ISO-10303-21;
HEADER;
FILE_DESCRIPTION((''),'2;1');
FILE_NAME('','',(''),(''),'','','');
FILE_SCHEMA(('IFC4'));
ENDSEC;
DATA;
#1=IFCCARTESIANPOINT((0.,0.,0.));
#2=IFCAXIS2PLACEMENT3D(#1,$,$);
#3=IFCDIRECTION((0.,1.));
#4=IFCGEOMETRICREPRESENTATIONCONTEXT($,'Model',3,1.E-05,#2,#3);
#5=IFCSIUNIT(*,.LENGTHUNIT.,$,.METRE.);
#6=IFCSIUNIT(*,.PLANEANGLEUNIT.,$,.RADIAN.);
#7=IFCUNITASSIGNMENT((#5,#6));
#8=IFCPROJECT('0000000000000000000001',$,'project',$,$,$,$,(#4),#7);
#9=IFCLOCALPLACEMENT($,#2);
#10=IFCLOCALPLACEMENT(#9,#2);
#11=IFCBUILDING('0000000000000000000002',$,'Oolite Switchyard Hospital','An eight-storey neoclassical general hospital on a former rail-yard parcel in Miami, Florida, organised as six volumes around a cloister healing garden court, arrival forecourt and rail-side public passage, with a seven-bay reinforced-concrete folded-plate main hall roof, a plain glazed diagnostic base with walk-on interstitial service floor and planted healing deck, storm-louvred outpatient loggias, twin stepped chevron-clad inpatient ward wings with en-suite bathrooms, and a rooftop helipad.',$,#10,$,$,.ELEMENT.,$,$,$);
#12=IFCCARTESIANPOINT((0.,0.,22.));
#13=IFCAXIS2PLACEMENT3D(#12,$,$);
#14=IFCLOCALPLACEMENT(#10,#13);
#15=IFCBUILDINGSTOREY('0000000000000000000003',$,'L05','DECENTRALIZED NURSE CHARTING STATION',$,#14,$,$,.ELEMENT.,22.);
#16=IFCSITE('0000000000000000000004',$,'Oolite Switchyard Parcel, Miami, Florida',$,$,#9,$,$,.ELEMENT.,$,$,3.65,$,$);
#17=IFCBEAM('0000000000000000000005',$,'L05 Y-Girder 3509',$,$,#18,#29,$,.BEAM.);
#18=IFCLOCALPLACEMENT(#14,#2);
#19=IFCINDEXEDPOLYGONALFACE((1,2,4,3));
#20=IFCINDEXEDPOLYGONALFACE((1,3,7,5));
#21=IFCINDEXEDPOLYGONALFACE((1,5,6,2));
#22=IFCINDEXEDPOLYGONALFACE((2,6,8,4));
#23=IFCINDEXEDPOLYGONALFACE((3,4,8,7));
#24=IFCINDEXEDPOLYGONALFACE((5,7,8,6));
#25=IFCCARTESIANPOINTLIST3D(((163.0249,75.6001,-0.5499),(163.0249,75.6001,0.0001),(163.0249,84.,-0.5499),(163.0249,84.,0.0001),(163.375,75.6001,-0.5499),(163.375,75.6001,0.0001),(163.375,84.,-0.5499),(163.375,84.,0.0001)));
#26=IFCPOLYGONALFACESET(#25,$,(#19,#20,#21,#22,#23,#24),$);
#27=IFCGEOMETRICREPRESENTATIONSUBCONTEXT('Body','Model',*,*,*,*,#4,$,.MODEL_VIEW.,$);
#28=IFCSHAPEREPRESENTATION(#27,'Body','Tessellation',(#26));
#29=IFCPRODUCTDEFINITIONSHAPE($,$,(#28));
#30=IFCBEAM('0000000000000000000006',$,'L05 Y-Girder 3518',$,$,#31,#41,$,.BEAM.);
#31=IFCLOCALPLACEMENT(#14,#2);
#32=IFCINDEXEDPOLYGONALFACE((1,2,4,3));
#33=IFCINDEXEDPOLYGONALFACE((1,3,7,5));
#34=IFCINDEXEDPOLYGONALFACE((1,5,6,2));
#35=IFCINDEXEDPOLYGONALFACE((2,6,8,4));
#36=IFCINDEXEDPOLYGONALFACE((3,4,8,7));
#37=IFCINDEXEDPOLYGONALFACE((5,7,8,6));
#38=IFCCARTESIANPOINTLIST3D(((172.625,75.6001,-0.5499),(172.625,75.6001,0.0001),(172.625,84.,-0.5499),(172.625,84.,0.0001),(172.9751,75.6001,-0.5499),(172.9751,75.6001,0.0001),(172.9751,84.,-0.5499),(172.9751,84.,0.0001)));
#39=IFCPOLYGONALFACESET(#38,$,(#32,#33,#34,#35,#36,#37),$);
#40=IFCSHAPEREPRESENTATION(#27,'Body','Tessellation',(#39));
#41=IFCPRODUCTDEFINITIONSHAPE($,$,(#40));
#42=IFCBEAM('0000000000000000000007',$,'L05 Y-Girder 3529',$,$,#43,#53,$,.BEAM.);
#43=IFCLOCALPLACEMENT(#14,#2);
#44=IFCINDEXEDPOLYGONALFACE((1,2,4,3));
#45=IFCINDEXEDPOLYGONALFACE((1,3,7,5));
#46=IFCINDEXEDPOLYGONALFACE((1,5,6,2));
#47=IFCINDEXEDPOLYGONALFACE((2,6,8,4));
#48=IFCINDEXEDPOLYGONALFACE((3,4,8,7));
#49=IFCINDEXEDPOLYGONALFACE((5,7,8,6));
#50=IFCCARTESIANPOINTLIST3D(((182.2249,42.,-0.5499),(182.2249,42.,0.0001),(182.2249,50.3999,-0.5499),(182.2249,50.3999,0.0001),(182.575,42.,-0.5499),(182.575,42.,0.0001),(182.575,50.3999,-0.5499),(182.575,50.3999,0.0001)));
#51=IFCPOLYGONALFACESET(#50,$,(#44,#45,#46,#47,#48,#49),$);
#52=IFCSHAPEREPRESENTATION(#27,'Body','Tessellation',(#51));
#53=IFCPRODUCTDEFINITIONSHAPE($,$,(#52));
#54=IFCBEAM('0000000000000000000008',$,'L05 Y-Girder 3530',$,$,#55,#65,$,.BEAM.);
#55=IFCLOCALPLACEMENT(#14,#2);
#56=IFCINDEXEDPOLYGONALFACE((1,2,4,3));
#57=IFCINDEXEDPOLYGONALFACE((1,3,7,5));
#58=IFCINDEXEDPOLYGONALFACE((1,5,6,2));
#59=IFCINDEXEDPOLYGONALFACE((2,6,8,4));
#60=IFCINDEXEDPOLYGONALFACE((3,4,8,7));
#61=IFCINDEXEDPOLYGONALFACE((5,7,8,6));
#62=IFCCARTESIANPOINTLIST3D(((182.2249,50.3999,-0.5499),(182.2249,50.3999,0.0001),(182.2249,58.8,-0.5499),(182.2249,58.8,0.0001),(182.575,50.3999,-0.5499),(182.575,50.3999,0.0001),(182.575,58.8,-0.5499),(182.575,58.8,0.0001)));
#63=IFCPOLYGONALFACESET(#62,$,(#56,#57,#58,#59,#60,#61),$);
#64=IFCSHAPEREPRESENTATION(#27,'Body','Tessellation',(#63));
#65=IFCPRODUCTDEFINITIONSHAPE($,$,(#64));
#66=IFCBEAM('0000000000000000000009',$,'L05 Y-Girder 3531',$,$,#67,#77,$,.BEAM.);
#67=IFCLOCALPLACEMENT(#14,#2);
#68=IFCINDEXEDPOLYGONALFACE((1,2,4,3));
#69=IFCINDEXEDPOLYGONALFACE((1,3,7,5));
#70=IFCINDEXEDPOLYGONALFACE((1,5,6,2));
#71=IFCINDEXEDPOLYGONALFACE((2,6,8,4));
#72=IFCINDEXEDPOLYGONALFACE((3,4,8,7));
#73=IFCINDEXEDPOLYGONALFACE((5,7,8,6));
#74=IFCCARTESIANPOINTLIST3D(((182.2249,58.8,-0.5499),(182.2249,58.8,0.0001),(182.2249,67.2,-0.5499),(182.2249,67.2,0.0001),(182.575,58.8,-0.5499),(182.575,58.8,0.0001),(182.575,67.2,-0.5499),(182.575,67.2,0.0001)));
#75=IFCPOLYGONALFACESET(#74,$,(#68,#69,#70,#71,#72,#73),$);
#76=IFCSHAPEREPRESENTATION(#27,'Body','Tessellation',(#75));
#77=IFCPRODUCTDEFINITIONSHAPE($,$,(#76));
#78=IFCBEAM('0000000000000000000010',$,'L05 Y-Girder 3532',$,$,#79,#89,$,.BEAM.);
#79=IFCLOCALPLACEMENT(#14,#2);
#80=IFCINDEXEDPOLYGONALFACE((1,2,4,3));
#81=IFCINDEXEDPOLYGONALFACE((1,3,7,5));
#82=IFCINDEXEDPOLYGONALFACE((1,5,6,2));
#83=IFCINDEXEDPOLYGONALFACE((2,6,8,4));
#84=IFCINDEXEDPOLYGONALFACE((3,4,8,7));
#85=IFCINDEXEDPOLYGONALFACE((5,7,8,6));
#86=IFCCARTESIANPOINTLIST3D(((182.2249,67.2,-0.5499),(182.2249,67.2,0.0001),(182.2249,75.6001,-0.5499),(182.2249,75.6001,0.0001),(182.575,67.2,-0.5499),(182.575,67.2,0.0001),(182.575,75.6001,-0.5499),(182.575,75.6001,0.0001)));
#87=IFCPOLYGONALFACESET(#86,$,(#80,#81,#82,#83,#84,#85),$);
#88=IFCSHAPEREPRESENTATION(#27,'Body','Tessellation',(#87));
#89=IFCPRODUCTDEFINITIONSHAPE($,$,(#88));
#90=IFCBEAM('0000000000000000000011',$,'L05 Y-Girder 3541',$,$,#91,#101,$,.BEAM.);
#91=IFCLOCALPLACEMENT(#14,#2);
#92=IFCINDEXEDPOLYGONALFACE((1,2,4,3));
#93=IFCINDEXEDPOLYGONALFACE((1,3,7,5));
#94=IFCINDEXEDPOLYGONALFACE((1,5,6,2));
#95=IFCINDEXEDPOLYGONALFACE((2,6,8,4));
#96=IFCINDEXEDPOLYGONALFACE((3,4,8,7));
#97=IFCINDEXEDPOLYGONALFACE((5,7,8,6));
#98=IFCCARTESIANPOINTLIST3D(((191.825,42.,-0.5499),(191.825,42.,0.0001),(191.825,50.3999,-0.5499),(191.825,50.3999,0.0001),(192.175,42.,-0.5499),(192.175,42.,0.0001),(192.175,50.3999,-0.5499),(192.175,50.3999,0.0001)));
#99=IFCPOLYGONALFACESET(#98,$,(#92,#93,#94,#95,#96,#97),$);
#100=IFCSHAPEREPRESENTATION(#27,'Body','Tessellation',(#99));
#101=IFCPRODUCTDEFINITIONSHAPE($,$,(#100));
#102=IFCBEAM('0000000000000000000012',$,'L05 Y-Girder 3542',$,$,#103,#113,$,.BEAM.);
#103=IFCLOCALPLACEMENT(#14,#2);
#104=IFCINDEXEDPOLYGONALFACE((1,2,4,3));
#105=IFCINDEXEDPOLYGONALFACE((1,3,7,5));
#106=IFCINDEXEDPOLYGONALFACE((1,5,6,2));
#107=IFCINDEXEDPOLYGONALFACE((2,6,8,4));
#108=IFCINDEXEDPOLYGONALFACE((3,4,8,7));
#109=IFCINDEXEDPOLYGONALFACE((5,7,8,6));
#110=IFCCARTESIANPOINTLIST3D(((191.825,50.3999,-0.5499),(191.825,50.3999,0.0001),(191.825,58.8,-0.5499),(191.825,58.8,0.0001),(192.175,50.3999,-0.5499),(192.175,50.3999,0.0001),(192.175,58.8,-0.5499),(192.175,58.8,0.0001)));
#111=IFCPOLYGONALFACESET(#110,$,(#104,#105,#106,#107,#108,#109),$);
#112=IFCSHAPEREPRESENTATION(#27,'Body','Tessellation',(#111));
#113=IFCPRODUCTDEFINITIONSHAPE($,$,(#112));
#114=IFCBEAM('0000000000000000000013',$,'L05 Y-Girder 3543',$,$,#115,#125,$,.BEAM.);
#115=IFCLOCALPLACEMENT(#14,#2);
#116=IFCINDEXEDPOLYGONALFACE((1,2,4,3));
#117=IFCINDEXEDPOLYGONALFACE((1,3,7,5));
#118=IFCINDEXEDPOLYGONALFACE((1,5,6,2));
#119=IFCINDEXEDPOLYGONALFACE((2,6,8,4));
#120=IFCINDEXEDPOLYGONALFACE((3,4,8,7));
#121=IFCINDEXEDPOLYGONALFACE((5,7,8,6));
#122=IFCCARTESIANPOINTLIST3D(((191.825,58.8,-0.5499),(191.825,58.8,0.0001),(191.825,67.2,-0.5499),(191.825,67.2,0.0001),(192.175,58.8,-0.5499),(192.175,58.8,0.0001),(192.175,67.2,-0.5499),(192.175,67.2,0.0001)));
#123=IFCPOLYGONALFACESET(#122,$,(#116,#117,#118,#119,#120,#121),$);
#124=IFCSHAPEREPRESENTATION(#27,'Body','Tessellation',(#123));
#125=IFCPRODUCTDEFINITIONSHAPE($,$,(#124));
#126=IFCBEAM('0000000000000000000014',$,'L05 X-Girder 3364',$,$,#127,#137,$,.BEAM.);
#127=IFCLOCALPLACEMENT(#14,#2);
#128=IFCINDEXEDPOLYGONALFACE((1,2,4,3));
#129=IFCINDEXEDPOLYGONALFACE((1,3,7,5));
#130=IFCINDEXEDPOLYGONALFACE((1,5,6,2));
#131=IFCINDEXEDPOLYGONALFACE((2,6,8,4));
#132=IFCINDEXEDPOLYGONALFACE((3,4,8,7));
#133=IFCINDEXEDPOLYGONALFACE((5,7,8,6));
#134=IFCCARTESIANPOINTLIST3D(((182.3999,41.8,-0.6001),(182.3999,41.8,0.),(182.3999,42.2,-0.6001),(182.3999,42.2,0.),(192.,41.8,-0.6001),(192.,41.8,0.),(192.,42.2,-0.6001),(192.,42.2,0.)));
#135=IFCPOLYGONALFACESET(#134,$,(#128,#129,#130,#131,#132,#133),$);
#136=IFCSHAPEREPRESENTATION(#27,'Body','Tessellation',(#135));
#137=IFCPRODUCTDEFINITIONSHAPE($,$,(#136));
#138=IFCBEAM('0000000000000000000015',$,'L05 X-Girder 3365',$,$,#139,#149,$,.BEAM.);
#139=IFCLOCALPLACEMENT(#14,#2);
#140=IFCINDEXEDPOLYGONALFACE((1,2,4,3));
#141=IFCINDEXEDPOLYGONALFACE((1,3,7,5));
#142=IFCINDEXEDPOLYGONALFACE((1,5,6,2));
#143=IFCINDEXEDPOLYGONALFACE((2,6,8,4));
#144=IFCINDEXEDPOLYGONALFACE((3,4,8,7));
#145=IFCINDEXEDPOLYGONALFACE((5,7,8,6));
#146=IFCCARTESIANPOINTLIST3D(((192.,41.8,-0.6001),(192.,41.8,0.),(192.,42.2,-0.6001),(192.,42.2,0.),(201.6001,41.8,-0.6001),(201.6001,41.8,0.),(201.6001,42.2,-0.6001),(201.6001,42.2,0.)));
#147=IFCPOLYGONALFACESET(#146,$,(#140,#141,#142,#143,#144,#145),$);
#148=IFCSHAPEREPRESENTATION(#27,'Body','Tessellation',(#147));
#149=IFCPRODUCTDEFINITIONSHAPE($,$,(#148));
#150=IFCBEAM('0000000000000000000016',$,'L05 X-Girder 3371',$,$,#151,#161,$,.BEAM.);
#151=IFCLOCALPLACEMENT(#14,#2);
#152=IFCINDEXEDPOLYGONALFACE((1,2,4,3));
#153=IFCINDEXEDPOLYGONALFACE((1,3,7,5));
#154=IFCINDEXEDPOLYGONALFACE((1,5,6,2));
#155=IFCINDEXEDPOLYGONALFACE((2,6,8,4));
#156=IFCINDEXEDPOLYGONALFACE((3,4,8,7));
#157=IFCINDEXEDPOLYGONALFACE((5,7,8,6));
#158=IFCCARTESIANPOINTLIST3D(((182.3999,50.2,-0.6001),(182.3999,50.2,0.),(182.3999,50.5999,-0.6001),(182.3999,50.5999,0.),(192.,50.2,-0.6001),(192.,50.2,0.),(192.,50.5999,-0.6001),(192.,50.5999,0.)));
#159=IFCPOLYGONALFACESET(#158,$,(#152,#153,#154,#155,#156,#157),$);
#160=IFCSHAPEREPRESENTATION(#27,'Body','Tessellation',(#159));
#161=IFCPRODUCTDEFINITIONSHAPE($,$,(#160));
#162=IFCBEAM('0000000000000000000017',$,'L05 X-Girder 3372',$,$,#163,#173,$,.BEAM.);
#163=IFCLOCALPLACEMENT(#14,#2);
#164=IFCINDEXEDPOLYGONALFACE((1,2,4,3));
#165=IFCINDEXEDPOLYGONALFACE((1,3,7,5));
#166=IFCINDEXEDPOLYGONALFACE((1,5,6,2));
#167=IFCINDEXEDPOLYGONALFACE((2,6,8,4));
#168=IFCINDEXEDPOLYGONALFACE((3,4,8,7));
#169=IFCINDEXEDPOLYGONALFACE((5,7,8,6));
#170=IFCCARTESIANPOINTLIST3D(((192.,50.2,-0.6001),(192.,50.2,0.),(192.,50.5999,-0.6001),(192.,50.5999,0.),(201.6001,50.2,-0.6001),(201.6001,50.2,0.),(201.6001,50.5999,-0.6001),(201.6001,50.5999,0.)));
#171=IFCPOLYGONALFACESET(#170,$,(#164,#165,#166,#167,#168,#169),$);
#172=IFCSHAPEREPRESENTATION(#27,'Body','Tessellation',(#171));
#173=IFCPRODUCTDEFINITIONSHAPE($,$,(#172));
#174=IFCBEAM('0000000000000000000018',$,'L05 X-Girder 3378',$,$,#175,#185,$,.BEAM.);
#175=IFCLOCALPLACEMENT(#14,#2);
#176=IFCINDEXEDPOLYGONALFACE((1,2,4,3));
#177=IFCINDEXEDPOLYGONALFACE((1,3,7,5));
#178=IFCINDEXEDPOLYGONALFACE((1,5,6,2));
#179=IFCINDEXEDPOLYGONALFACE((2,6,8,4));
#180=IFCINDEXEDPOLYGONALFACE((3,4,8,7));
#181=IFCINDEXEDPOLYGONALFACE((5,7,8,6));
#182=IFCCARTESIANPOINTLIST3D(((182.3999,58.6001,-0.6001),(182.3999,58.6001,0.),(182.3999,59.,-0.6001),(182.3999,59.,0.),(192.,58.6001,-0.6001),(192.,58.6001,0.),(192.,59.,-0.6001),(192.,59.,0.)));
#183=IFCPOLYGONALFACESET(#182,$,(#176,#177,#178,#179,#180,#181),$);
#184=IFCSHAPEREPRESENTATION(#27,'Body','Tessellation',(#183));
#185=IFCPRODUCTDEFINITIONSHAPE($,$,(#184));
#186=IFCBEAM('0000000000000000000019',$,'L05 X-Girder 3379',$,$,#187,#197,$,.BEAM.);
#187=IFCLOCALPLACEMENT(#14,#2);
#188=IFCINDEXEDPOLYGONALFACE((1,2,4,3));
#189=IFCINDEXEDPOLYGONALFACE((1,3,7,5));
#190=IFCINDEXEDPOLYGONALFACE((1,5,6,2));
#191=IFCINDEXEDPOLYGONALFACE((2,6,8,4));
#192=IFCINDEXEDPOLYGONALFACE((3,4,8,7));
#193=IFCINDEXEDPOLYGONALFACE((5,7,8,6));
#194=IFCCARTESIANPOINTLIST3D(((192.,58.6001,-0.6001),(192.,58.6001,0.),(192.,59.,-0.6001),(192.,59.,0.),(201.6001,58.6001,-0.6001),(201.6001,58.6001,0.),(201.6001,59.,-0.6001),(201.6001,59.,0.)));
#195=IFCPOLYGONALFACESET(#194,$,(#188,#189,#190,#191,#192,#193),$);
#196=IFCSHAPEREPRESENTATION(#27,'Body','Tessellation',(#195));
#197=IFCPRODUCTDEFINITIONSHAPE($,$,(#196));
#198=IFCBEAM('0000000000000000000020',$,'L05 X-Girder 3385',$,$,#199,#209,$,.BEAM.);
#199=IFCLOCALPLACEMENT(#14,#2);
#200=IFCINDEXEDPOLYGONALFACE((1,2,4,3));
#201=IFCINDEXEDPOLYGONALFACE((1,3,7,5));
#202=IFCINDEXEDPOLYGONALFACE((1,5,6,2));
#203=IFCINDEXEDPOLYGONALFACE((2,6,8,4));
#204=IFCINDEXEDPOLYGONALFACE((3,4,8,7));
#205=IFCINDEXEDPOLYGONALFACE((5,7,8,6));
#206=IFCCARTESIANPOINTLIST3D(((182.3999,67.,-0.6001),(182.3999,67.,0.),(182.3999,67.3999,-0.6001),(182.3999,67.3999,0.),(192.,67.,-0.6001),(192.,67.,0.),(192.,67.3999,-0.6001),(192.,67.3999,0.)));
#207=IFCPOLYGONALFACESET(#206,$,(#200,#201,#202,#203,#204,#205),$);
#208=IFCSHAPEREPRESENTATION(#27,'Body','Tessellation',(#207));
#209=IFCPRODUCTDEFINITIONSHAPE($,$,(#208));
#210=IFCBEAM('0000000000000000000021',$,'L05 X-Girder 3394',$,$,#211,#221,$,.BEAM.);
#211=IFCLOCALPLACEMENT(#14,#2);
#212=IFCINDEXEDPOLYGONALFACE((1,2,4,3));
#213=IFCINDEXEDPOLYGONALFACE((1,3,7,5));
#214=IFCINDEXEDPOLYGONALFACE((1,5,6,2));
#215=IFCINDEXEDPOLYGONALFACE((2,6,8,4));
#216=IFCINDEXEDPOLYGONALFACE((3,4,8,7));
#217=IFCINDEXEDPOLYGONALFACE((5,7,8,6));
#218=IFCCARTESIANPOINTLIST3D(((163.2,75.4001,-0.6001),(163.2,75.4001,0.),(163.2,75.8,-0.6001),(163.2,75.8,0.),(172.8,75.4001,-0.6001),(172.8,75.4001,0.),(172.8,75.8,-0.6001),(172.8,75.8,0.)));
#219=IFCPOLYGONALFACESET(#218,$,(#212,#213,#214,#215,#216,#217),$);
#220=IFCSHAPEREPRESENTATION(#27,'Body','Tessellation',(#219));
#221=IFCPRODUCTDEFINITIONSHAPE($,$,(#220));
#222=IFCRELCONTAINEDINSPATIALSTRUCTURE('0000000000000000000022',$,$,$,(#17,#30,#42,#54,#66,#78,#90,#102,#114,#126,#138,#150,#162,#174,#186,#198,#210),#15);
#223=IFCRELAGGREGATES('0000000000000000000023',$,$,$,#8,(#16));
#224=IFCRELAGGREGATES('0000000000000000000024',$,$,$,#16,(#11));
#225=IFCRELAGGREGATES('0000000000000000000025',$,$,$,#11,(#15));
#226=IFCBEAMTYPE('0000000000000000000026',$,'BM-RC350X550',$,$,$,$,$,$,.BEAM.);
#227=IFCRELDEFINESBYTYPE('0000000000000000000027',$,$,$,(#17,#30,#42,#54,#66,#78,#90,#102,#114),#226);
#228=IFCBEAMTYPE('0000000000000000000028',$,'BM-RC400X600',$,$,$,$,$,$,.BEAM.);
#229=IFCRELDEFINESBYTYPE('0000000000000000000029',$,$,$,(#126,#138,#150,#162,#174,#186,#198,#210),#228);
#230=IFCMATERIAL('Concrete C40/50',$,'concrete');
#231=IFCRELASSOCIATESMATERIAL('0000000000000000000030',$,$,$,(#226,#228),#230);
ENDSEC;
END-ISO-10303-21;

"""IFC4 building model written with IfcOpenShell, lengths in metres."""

from ifc_helpers import new_model, si_unit, direction, frame, origin, origin_2d, place, context, subcontext, project, spatial, rectangle, extrude, material, material_profile, profile_set, type_object, element, save


model = new_model("IFC4")

# Units and contexts
model_context = context("Model", 3, precision=1e-05, world=origin(), true_north=direction((0.0, 1.0)))
body_context = subcontext(model_context, "Body", "Model", "MODEL_VIEW")
ifc_project = project(units=[si_unit("LENGTHUNIT", "METRE"), si_unit("PLANEANGLEUNIT", "RADIAN")], contexts=[model_context])

# Site, building, storey
site_placement = place(None, origin())
site = spatial("IfcSite", under=ifc_project, at=site_placement, Name="Oolite Switchyard Parcel, Miami, Florida", CompositionType="ELEMENT", RefElevation=3.65)
building_placement = place(site_placement, origin())
building = spatial("IfcBuilding", under=site, at=building_placement, Name="Oolite Switchyard Hospital", Description="An eight-storey neoclassical general hospital on a former rail-yard parcel in Miami, Florida, organised as six volumes around a cloister healing garden court, arrival forecourt and rail-side public passage, with a seven-bay reinforced-concrete folded-plate main hall roof, a plain glazed diagnostic base with walk-on interstitial service floor and planted healing deck, storm-louvred outpatient loggias, twin stepped chevron-clad inpatient ward wings with en-suite bathrooms, and a rooftop helipad.", CompositionType="ELEMENT")
storey_placement = place(building_placement, frame((0.0, 0.0, 22.0)))
storey = spatial("IfcBuildingStorey", under=building, at=storey_placement, Name="L05", Description="DECENTRALIZED NURSE CHARTING STATION", CompositionType="ELEMENT", Elevation=22.0)

# Beams
ifc_material_1 = material(Name="Concrete C40/50", Category="concrete")
ifc_material_profile_1 = material_profile(ifc_material_1, rectangle(XDim=0.3501, YDim=0.55, at=origin_2d()), Name="RCB350X550")
ifc_profile_set_1 = profile_set([ifc_material_profile_1], Name="Concrete C40/50")
beam_type_1 = type_object("IfcBeamType", Name="BM-RC350X550", PredefinedType="BEAM", material=ifc_profile_set_1)
for number, where, z_axis, x_axis, name in (
    (1, (163.2, 75.6001, -0.2749), (0.0, 1.0, 0.0), (-1.0, 0.0, 0.0), "L05 Y-Girder 3509"),
    (2, (172.8, 75.6001, -0.2749), (0.0, 1.0, 0.0), (-1.0, 0.0, 0.0), "L05 Y-Girder 3518"),
    (3, (182.3999, 42.0, -0.2749), (0.0, 1.0, 0.0), (-1.0, 0.0, 0.0), "L05 Y-Girder 3529"),
):
    element("IfcBeam", number, at=place(storey_placement, frame(where, z_axis=z_axis, x_axis=x_axis)), inside=storey, type_object=beam_type_1, Name=name, PredefinedType="BEAM", context=body_context, shape_type="SweptSolid", body=[
        extrude(rectangle(XDim=0.3501, YDim=0.55, at=origin_2d()), origin(), (0.0, 0.0, 1.0), 8.3999),
    ])
beam_1_placement = place(storey_placement, frame((182.3999, 50.3999, -0.2749), z_axis=(0.0, 1.0, 0.0), x_axis=(-1.0, 0.0, 0.0)))
element("IfcBeam", 4, at=beam_1_placement, inside=storey, type_object=beam_type_1, Name="L05 Y-Girder 3530", PredefinedType="BEAM", context=body_context, shape_type="SweptSolid", body=[
    extrude(rectangle(XDim=0.3501, YDim=0.55, at=origin_2d()), origin(), (0.0, 0.0, 1.0), 8.4001),
])
beam_2_placement = place(storey_placement, frame((182.3999, 58.8, -0.2749), z_axis=(0.0, 1.0, 0.0), x_axis=(-1.0, 0.0, 0.0)))
element("IfcBeam", 5, at=beam_2_placement, inside=storey, type_object=beam_type_1, Name="L05 Y-Girder 3531", PredefinedType="BEAM", context=body_context, shape_type="SweptSolid", body=[
    extrude(rectangle(XDim=0.3501, YDim=0.55, at=origin_2d()), origin(), (0.0, 0.0, 1.0), 8.3999),
])
beam_3_placement = place(storey_placement, frame((182.3999, 67.2, -0.2749), z_axis=(0.0, 1.0, 0.0), x_axis=(-1.0, 0.0, 0.0)))
element("IfcBeam", 6, at=beam_3_placement, inside=storey, type_object=beam_type_1, Name="L05 Y-Girder 3532", PredefinedType="BEAM", context=body_context, shape_type="SweptSolid", body=[
    extrude(rectangle(XDim=0.3501, YDim=0.55, at=origin_2d()), origin(), (0.0, 0.0, 1.0), 8.4001),
])
beam_4_placement = place(storey_placement, frame((192.0, 42.0, -0.2749), z_axis=(0.0, 1.0, 0.0), x_axis=(-1.0, 0.0, 0.0)))
element("IfcBeam", 7, at=beam_4_placement, inside=storey, type_object=beam_type_1, Name="L05 Y-Girder 3541", PredefinedType="BEAM", context=body_context, shape_type="SweptSolid", body=[
    extrude(rectangle(XDim=0.3501, YDim=0.55, at=origin_2d()), origin(), (0.0, 0.0, 1.0), 8.3999),
])
beam_5_placement = place(storey_placement, frame((192.0, 50.3999, -0.2749), z_axis=(0.0, 1.0, 0.0), x_axis=(-1.0, 0.0, 0.0)))
element("IfcBeam", 8, at=beam_5_placement, inside=storey, type_object=beam_type_1, Name="L05 Y-Girder 3542", PredefinedType="BEAM", context=body_context, shape_type="SweptSolid", body=[
    extrude(rectangle(XDim=0.3501, YDim=0.55, at=origin_2d()), origin(), (0.0, 0.0, 1.0), 8.4001),
])
beam_6_placement = place(storey_placement, frame((192.0, 58.8, -0.2749), z_axis=(0.0, 1.0, 0.0), x_axis=(-1.0, 0.0, 0.0)))
element("IfcBeam", 9, at=beam_6_placement, inside=storey, type_object=beam_type_1, Name="L05 Y-Girder 3543", PredefinedType="BEAM", context=body_context, shape_type="SweptSolid", body=[
    extrude(rectangle(XDim=0.3501, YDim=0.55, at=origin_2d()), origin(), (0.0, 0.0, 1.0), 8.3999),
])
ifc_material_profile_2 = material_profile(ifc_material_1, rectangle(XDim=0.3999, YDim=0.6001, at=origin_2d()), Name="RCB400X600")
ifc_profile_set_2 = profile_set([ifc_material_profile_2], Name="Concrete C40/50")
beam_type_2 = type_object("IfcBeamType", Name="BM-RC400X600", PredefinedType="BEAM", material=ifc_profile_set_2)
for number, where, z_axis, x_axis, name in (
    (10, (182.3999, 42.0, -0.3), (1.0, 0.0, 0.0), (0.0, 1.0, 0.0), "L05 X-Girder 3364"),
    (11, (192.0, 42.0, -0.3), (1.0, 0.0, 0.0), (0.0, 1.0, 0.0), "L05 X-Girder 3365"),
    (12, (182.3999, 50.3999, -0.3), (1.0, 0.0, 0.0), (0.0, 1.0, 0.0), "L05 X-Girder 3371"),
    (13, (192.0, 50.3999, -0.3), (1.0, 0.0, 0.0), (0.0, 1.0, 0.0), "L05 X-Girder 3372"),
    (14, (182.3999, 58.8, -0.3), (1.0, 0.0, 0.0), (0.0, 1.0, 0.0), "L05 X-Girder 3378"),
    (15, (192.0, 58.8, -0.3), (1.0, 0.0, 0.0), (0.0, 1.0, 0.0), "L05 X-Girder 3379"),
    (16, (182.3999, 67.2, -0.3), (1.0, 0.0, 0.0), (0.0, 1.0, 0.0), "L05 X-Girder 3385"),
    (17, (163.2, 75.6001, -0.3), (1.0, 0.0, 0.0), (0.0, 1.0, 0.0), "L05 X-Girder 3394"),
):
    element("IfcBeam", number, at=place(storey_placement, frame(where, z_axis=z_axis, x_axis=x_axis)), inside=storey, type_object=beam_type_2, Name=name, PredefinedType="BEAM", context=body_context, shape_type="SweptSolid", body=[
        extrude(rectangle(XDim=0.3999, YDim=0.6001, at=origin_2d()), origin(), (0.0, 0.0, 1.0), 9.6001),
    ])

save(model, "model.ifc")
